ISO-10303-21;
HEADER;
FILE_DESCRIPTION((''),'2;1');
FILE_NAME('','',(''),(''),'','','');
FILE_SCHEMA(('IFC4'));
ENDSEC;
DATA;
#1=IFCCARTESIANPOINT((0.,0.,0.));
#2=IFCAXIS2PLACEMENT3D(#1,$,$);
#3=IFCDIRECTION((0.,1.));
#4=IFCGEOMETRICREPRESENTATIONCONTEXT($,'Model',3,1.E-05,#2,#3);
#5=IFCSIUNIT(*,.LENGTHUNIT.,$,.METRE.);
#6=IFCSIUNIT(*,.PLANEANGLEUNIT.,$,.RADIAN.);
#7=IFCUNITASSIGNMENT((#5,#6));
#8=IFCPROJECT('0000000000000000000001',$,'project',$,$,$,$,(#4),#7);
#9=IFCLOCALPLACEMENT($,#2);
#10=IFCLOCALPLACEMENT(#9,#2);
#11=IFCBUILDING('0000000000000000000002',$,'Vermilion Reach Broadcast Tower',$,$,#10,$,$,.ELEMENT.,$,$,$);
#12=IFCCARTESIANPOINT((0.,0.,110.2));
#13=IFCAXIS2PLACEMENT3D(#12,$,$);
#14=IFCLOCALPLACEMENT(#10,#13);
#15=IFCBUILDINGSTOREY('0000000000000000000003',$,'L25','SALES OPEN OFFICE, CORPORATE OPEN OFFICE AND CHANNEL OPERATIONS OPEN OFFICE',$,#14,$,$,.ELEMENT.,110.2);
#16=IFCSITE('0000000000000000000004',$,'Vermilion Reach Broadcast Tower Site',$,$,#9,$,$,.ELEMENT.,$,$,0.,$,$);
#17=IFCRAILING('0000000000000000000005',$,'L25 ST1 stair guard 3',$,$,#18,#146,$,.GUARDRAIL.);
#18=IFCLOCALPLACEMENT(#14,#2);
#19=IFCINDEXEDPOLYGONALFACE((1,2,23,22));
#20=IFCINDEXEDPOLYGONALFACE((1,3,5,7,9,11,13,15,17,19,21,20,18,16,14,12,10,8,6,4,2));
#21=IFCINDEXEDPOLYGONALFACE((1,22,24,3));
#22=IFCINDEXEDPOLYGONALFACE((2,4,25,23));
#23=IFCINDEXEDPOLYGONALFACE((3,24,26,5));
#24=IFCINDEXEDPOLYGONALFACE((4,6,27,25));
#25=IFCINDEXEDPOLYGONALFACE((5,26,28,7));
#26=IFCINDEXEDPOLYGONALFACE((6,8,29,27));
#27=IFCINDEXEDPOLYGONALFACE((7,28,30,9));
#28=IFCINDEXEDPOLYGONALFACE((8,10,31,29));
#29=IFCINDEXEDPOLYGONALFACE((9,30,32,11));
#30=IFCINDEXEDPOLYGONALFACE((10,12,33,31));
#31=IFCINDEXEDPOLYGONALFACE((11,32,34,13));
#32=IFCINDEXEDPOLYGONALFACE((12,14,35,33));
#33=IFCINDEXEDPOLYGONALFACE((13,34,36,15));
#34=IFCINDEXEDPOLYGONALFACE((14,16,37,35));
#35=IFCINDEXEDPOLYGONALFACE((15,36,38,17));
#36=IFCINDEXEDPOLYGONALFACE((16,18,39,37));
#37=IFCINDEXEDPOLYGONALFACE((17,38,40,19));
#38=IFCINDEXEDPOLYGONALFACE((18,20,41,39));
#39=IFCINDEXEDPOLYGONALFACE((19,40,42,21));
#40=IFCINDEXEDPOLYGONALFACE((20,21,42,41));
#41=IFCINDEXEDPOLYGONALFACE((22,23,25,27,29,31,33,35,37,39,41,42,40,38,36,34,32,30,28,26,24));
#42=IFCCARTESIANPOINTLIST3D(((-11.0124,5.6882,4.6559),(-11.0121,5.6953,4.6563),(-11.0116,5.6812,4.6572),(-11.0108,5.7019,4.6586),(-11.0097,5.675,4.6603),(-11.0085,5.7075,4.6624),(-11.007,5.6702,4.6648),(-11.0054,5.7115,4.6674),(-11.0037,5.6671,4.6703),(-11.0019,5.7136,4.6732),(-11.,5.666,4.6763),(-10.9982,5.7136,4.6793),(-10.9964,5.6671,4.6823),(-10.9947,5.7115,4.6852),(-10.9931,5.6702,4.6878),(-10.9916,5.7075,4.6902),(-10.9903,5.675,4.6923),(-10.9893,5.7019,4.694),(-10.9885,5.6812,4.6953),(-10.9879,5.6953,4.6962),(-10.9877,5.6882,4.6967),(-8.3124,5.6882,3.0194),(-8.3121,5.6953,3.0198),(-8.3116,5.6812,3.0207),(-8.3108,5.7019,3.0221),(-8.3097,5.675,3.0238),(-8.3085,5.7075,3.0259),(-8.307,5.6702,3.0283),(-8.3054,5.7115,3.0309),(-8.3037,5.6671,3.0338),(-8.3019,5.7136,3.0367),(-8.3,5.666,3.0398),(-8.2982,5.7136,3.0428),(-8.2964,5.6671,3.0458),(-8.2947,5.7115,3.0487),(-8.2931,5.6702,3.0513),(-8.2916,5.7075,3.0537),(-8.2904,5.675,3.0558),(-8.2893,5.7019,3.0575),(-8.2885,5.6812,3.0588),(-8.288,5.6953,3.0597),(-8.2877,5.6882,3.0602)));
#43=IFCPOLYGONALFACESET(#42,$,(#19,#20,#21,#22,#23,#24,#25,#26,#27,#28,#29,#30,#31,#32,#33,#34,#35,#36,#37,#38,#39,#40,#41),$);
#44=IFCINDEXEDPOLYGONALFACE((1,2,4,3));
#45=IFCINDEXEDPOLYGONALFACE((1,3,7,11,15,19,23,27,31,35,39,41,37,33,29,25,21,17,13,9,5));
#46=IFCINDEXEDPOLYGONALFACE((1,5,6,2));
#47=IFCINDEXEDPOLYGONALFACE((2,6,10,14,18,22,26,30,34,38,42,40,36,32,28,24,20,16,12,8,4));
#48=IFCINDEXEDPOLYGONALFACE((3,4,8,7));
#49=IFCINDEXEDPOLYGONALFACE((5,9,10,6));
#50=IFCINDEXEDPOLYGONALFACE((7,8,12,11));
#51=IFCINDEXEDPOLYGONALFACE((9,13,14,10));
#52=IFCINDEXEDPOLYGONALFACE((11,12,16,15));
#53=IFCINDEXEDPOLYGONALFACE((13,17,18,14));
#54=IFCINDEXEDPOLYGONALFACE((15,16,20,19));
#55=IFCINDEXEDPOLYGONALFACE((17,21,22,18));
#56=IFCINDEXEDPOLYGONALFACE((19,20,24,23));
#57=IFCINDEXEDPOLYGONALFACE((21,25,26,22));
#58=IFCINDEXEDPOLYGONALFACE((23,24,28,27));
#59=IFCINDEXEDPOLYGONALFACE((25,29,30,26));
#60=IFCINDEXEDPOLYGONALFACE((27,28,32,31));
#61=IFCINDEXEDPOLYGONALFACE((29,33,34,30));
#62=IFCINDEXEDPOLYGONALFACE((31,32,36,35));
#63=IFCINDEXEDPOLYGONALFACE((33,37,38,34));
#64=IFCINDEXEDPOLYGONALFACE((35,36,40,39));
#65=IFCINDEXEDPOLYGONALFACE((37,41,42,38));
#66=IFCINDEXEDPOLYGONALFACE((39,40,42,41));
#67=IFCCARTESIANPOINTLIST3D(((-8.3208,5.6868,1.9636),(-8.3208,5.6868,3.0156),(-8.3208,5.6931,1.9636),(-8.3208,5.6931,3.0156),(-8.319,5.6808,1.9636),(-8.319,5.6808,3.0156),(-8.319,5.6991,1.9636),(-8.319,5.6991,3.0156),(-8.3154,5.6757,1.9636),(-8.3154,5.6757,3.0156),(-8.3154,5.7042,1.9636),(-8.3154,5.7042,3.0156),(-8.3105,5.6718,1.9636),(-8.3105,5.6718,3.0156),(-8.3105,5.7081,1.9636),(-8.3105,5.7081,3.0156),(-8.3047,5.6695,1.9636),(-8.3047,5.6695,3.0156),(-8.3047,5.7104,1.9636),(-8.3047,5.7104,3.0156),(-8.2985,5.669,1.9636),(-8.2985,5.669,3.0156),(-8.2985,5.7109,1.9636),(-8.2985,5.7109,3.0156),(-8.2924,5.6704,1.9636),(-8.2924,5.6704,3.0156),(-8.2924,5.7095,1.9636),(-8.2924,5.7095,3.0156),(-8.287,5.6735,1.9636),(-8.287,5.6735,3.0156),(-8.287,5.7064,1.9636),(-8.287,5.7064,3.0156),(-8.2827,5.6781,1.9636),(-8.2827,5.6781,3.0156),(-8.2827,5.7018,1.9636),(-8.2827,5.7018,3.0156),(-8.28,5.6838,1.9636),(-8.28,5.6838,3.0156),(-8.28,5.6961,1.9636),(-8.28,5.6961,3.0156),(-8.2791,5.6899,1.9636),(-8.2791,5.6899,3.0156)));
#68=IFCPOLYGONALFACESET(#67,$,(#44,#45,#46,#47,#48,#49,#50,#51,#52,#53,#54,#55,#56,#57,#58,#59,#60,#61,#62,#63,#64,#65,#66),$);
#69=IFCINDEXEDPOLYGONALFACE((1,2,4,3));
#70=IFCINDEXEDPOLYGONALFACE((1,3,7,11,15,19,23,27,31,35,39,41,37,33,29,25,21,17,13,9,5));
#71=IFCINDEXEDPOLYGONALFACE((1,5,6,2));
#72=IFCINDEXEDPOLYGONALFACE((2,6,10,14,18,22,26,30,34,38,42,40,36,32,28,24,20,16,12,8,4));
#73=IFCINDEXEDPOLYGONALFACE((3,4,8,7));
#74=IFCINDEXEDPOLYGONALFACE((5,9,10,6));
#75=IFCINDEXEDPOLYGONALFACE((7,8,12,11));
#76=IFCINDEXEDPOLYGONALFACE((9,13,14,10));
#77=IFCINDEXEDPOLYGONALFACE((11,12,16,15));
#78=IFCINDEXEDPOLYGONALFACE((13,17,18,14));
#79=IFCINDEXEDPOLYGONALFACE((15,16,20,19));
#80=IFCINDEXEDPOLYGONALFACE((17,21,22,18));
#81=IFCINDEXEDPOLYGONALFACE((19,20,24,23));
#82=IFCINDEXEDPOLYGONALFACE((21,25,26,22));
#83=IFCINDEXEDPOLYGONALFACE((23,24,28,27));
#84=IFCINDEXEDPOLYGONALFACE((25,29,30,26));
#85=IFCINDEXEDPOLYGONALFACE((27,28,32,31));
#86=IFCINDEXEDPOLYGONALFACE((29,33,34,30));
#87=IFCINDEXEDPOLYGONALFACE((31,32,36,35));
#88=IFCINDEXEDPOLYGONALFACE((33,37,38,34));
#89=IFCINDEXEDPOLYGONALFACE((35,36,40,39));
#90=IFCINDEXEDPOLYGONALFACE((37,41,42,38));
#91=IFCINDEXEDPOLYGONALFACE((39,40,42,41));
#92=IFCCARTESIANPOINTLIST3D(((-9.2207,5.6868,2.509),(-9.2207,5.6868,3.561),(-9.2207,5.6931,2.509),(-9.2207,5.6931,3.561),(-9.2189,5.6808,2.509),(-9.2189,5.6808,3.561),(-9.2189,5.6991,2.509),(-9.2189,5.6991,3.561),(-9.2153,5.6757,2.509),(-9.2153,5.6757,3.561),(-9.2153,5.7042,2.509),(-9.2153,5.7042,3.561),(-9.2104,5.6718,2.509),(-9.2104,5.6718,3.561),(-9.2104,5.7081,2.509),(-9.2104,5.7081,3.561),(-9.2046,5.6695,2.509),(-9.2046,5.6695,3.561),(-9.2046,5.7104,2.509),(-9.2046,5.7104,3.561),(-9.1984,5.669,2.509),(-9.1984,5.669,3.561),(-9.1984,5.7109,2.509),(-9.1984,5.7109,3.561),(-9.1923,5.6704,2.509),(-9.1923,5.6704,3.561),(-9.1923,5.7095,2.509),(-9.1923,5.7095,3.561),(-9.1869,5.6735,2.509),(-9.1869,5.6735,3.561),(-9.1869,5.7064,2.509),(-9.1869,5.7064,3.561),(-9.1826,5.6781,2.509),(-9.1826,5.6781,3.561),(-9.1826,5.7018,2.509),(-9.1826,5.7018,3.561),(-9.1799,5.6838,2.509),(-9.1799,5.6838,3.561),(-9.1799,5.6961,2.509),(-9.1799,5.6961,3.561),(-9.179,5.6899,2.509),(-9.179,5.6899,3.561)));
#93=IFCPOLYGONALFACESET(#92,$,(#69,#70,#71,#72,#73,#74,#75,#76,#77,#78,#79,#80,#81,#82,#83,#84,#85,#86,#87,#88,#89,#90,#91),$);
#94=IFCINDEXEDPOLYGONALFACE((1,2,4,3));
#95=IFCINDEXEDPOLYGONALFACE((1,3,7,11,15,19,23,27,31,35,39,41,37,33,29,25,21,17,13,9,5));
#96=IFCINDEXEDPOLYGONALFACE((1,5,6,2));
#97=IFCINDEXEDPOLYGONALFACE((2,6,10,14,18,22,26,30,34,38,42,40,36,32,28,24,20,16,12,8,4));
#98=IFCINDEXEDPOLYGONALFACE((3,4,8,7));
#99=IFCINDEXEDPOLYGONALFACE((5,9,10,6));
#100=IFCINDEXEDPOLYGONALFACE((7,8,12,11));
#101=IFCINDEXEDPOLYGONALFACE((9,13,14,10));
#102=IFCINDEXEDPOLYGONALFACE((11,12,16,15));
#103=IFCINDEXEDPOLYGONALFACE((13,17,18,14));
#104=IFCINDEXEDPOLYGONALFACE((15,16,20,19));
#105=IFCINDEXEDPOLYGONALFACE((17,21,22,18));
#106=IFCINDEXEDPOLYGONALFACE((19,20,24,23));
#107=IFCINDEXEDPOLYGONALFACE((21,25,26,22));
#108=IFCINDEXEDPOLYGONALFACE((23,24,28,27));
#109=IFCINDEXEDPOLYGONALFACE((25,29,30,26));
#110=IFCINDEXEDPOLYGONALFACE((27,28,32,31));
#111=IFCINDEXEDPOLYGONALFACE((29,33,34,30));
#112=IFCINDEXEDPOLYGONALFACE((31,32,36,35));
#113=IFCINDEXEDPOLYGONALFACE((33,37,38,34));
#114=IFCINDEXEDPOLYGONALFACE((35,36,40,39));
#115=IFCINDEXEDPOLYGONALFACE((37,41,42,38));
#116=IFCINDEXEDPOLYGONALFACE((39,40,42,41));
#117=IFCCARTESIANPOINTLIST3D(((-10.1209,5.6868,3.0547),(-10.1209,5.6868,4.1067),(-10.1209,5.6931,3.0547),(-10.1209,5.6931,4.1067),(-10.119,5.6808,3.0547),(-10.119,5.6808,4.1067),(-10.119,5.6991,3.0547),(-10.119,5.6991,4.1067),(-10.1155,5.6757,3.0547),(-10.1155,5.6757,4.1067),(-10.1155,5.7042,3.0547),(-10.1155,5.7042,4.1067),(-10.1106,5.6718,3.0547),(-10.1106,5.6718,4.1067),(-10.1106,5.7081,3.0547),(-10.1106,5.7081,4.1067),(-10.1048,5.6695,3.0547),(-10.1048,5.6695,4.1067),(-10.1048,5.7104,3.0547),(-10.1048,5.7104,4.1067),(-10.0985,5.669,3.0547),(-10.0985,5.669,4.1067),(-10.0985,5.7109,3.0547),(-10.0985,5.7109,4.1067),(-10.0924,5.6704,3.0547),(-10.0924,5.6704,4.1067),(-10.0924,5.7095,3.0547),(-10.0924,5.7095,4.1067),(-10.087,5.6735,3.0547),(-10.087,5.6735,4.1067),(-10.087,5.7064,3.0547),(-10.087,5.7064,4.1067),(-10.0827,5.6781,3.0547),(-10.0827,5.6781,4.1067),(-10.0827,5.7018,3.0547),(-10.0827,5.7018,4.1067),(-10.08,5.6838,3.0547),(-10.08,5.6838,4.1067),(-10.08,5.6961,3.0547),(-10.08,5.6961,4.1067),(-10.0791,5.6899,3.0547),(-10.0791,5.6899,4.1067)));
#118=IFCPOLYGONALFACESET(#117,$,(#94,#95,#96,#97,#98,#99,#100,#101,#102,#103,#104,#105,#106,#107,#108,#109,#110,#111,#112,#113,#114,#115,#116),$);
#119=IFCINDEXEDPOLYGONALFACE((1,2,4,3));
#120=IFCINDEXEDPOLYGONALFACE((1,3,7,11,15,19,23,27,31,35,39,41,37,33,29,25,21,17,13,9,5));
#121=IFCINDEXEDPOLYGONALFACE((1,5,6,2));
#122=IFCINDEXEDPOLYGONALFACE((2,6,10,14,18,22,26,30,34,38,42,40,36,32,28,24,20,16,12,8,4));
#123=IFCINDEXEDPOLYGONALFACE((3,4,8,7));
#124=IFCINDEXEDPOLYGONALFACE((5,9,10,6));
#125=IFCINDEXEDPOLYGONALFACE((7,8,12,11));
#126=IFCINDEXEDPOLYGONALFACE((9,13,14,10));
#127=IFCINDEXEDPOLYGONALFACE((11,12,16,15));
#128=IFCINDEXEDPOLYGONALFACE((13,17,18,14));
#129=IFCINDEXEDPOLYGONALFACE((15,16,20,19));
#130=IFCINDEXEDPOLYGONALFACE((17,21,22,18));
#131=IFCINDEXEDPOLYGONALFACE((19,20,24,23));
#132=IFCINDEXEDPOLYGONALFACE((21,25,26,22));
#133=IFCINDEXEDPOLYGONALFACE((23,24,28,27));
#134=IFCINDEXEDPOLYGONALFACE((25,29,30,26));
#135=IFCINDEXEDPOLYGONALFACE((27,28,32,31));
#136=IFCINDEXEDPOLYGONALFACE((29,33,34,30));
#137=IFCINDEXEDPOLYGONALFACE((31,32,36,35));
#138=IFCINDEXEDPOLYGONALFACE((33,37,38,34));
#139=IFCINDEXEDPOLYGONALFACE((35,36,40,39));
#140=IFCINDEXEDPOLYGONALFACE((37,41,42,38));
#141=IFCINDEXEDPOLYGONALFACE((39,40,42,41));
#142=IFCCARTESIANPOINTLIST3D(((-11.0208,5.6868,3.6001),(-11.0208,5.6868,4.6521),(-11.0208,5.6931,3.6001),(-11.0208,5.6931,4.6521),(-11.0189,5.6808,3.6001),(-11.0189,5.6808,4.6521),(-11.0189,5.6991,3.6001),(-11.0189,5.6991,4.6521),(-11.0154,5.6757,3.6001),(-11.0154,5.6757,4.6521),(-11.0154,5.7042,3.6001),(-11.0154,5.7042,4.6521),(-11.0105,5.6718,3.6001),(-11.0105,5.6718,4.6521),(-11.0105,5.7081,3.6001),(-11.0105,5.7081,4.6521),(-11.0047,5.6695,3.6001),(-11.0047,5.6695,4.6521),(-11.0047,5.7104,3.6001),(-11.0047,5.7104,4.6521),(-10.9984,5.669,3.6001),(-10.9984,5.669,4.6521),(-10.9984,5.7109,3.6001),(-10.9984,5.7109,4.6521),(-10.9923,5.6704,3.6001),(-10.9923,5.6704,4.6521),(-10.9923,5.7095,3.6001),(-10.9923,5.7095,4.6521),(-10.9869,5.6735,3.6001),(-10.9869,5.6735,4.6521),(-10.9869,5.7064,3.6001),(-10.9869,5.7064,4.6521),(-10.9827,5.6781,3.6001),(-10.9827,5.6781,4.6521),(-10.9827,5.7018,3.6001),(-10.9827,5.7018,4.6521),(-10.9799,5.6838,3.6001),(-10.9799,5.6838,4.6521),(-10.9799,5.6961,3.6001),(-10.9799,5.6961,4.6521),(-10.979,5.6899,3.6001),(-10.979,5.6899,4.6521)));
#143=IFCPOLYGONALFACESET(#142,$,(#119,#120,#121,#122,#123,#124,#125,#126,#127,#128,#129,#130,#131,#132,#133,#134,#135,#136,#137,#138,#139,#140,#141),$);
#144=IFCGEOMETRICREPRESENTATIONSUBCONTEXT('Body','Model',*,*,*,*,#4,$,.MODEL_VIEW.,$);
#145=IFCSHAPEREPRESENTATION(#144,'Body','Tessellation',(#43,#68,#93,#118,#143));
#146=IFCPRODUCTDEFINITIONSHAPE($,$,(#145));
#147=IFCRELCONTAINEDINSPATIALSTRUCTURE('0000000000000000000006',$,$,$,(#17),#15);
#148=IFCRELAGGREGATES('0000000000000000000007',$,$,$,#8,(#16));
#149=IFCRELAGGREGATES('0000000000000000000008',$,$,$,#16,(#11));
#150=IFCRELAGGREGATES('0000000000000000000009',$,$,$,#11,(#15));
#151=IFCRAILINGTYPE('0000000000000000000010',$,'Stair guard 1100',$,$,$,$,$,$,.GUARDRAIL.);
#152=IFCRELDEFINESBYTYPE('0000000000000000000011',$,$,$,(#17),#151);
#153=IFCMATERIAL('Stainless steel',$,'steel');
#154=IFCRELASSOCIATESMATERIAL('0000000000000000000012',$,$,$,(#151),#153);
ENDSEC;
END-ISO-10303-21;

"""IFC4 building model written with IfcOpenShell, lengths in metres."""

from ifc_helpers import new_model, si_unit, direction, frame, origin, origin_2d, place, context, subcontext, project, spatial, circle, extrude, material, type_object, element, save


model = new_model("IFC4")

# Units and contexts
model_context = context("Model", 3, precision=1e-05, world=origin(), true_north=direction((0.0, 1.0)))
body_context = subcontext(model_context, "Body", "Model", "MODEL_VIEW")
ifc_project = project(units=[si_unit("LENGTHUNIT", "METRE"), si_unit("PLANEANGLEUNIT", "RADIAN")], contexts=[model_context])

# Site, building, storey
site_placement = place(None, origin())
site = spatial("IfcSite", under=ifc_project, at=site_placement, Name="Vermilion Reach Broadcast Tower Site", CompositionType="ELEMENT", RefElevation=0.0)
building_placement = place(site_placement, origin())
building = spatial("IfcBuilding", under=site, at=building_placement, Name="Vermilion Reach Broadcast Tower", CompositionType="ELEMENT")
storey_placement = place(building_placement, frame((0.0, 0.0, 110.2)))
storey = spatial("IfcBuildingStorey", under=building, at=storey_placement, Name="L25", Description="SALES OPEN OFFICE, CORPORATE OPEN OFFICE AND CHANNEL OPERATIONS OPEN OFFICE", CompositionType="ELEMENT", Elevation=110.2)

# Railing
ifc_material_1 = material(Name="Stainless steel", Category="steel")
railing_type_1 = type_object("IfcRailingType", Name="Stair guard 1100", PredefinedType="GUARDRAIL", material=ifc_material_1)
railing_1_placement = place(storey_placement, frame((-8.3, 5.6899, 1.9636)))
element("IfcRailing", 1, at=railing_1_placement, inside=storey, type_object=railing_type_1, Name="L25 ST1 stair guard 3", PredefinedType="GUARDRAIL", context=body_context, shape_type="SweptSolid", body=[
    extrude(circle(Radius=0.0239, at=origin_2d()), frame((0.0, 0.0, 1.0762), z_axis=(-0.855178, 0.0, 0.518334), x_axis=(0.0, -1.0, 0.0)), (0.0, 0.0, 1.0), 3.1572),
    extrude(circle(Radius=0.021, at=origin_2d()), origin(), (0.0, 0.0, 1.0), 1.052),
    extrude(circle(Radius=0.021, at=origin_2d()), frame((-0.8999, 0.0, 0.5454)), (0.0, 0.0, 1.0), 1.052),
    extrude(circle(Radius=0.021, at=origin_2d()), frame((-1.8, 0.0, 1.0911)), (0.0, 0.0, 1.0), 1.052),
    extrude(circle(Radius=0.021, at=origin_2d()), frame((-2.7, 0.0, 1.6365)), (0.0, 0.0, 1.0), 1.052),
])

save(model, "model.ifc")
